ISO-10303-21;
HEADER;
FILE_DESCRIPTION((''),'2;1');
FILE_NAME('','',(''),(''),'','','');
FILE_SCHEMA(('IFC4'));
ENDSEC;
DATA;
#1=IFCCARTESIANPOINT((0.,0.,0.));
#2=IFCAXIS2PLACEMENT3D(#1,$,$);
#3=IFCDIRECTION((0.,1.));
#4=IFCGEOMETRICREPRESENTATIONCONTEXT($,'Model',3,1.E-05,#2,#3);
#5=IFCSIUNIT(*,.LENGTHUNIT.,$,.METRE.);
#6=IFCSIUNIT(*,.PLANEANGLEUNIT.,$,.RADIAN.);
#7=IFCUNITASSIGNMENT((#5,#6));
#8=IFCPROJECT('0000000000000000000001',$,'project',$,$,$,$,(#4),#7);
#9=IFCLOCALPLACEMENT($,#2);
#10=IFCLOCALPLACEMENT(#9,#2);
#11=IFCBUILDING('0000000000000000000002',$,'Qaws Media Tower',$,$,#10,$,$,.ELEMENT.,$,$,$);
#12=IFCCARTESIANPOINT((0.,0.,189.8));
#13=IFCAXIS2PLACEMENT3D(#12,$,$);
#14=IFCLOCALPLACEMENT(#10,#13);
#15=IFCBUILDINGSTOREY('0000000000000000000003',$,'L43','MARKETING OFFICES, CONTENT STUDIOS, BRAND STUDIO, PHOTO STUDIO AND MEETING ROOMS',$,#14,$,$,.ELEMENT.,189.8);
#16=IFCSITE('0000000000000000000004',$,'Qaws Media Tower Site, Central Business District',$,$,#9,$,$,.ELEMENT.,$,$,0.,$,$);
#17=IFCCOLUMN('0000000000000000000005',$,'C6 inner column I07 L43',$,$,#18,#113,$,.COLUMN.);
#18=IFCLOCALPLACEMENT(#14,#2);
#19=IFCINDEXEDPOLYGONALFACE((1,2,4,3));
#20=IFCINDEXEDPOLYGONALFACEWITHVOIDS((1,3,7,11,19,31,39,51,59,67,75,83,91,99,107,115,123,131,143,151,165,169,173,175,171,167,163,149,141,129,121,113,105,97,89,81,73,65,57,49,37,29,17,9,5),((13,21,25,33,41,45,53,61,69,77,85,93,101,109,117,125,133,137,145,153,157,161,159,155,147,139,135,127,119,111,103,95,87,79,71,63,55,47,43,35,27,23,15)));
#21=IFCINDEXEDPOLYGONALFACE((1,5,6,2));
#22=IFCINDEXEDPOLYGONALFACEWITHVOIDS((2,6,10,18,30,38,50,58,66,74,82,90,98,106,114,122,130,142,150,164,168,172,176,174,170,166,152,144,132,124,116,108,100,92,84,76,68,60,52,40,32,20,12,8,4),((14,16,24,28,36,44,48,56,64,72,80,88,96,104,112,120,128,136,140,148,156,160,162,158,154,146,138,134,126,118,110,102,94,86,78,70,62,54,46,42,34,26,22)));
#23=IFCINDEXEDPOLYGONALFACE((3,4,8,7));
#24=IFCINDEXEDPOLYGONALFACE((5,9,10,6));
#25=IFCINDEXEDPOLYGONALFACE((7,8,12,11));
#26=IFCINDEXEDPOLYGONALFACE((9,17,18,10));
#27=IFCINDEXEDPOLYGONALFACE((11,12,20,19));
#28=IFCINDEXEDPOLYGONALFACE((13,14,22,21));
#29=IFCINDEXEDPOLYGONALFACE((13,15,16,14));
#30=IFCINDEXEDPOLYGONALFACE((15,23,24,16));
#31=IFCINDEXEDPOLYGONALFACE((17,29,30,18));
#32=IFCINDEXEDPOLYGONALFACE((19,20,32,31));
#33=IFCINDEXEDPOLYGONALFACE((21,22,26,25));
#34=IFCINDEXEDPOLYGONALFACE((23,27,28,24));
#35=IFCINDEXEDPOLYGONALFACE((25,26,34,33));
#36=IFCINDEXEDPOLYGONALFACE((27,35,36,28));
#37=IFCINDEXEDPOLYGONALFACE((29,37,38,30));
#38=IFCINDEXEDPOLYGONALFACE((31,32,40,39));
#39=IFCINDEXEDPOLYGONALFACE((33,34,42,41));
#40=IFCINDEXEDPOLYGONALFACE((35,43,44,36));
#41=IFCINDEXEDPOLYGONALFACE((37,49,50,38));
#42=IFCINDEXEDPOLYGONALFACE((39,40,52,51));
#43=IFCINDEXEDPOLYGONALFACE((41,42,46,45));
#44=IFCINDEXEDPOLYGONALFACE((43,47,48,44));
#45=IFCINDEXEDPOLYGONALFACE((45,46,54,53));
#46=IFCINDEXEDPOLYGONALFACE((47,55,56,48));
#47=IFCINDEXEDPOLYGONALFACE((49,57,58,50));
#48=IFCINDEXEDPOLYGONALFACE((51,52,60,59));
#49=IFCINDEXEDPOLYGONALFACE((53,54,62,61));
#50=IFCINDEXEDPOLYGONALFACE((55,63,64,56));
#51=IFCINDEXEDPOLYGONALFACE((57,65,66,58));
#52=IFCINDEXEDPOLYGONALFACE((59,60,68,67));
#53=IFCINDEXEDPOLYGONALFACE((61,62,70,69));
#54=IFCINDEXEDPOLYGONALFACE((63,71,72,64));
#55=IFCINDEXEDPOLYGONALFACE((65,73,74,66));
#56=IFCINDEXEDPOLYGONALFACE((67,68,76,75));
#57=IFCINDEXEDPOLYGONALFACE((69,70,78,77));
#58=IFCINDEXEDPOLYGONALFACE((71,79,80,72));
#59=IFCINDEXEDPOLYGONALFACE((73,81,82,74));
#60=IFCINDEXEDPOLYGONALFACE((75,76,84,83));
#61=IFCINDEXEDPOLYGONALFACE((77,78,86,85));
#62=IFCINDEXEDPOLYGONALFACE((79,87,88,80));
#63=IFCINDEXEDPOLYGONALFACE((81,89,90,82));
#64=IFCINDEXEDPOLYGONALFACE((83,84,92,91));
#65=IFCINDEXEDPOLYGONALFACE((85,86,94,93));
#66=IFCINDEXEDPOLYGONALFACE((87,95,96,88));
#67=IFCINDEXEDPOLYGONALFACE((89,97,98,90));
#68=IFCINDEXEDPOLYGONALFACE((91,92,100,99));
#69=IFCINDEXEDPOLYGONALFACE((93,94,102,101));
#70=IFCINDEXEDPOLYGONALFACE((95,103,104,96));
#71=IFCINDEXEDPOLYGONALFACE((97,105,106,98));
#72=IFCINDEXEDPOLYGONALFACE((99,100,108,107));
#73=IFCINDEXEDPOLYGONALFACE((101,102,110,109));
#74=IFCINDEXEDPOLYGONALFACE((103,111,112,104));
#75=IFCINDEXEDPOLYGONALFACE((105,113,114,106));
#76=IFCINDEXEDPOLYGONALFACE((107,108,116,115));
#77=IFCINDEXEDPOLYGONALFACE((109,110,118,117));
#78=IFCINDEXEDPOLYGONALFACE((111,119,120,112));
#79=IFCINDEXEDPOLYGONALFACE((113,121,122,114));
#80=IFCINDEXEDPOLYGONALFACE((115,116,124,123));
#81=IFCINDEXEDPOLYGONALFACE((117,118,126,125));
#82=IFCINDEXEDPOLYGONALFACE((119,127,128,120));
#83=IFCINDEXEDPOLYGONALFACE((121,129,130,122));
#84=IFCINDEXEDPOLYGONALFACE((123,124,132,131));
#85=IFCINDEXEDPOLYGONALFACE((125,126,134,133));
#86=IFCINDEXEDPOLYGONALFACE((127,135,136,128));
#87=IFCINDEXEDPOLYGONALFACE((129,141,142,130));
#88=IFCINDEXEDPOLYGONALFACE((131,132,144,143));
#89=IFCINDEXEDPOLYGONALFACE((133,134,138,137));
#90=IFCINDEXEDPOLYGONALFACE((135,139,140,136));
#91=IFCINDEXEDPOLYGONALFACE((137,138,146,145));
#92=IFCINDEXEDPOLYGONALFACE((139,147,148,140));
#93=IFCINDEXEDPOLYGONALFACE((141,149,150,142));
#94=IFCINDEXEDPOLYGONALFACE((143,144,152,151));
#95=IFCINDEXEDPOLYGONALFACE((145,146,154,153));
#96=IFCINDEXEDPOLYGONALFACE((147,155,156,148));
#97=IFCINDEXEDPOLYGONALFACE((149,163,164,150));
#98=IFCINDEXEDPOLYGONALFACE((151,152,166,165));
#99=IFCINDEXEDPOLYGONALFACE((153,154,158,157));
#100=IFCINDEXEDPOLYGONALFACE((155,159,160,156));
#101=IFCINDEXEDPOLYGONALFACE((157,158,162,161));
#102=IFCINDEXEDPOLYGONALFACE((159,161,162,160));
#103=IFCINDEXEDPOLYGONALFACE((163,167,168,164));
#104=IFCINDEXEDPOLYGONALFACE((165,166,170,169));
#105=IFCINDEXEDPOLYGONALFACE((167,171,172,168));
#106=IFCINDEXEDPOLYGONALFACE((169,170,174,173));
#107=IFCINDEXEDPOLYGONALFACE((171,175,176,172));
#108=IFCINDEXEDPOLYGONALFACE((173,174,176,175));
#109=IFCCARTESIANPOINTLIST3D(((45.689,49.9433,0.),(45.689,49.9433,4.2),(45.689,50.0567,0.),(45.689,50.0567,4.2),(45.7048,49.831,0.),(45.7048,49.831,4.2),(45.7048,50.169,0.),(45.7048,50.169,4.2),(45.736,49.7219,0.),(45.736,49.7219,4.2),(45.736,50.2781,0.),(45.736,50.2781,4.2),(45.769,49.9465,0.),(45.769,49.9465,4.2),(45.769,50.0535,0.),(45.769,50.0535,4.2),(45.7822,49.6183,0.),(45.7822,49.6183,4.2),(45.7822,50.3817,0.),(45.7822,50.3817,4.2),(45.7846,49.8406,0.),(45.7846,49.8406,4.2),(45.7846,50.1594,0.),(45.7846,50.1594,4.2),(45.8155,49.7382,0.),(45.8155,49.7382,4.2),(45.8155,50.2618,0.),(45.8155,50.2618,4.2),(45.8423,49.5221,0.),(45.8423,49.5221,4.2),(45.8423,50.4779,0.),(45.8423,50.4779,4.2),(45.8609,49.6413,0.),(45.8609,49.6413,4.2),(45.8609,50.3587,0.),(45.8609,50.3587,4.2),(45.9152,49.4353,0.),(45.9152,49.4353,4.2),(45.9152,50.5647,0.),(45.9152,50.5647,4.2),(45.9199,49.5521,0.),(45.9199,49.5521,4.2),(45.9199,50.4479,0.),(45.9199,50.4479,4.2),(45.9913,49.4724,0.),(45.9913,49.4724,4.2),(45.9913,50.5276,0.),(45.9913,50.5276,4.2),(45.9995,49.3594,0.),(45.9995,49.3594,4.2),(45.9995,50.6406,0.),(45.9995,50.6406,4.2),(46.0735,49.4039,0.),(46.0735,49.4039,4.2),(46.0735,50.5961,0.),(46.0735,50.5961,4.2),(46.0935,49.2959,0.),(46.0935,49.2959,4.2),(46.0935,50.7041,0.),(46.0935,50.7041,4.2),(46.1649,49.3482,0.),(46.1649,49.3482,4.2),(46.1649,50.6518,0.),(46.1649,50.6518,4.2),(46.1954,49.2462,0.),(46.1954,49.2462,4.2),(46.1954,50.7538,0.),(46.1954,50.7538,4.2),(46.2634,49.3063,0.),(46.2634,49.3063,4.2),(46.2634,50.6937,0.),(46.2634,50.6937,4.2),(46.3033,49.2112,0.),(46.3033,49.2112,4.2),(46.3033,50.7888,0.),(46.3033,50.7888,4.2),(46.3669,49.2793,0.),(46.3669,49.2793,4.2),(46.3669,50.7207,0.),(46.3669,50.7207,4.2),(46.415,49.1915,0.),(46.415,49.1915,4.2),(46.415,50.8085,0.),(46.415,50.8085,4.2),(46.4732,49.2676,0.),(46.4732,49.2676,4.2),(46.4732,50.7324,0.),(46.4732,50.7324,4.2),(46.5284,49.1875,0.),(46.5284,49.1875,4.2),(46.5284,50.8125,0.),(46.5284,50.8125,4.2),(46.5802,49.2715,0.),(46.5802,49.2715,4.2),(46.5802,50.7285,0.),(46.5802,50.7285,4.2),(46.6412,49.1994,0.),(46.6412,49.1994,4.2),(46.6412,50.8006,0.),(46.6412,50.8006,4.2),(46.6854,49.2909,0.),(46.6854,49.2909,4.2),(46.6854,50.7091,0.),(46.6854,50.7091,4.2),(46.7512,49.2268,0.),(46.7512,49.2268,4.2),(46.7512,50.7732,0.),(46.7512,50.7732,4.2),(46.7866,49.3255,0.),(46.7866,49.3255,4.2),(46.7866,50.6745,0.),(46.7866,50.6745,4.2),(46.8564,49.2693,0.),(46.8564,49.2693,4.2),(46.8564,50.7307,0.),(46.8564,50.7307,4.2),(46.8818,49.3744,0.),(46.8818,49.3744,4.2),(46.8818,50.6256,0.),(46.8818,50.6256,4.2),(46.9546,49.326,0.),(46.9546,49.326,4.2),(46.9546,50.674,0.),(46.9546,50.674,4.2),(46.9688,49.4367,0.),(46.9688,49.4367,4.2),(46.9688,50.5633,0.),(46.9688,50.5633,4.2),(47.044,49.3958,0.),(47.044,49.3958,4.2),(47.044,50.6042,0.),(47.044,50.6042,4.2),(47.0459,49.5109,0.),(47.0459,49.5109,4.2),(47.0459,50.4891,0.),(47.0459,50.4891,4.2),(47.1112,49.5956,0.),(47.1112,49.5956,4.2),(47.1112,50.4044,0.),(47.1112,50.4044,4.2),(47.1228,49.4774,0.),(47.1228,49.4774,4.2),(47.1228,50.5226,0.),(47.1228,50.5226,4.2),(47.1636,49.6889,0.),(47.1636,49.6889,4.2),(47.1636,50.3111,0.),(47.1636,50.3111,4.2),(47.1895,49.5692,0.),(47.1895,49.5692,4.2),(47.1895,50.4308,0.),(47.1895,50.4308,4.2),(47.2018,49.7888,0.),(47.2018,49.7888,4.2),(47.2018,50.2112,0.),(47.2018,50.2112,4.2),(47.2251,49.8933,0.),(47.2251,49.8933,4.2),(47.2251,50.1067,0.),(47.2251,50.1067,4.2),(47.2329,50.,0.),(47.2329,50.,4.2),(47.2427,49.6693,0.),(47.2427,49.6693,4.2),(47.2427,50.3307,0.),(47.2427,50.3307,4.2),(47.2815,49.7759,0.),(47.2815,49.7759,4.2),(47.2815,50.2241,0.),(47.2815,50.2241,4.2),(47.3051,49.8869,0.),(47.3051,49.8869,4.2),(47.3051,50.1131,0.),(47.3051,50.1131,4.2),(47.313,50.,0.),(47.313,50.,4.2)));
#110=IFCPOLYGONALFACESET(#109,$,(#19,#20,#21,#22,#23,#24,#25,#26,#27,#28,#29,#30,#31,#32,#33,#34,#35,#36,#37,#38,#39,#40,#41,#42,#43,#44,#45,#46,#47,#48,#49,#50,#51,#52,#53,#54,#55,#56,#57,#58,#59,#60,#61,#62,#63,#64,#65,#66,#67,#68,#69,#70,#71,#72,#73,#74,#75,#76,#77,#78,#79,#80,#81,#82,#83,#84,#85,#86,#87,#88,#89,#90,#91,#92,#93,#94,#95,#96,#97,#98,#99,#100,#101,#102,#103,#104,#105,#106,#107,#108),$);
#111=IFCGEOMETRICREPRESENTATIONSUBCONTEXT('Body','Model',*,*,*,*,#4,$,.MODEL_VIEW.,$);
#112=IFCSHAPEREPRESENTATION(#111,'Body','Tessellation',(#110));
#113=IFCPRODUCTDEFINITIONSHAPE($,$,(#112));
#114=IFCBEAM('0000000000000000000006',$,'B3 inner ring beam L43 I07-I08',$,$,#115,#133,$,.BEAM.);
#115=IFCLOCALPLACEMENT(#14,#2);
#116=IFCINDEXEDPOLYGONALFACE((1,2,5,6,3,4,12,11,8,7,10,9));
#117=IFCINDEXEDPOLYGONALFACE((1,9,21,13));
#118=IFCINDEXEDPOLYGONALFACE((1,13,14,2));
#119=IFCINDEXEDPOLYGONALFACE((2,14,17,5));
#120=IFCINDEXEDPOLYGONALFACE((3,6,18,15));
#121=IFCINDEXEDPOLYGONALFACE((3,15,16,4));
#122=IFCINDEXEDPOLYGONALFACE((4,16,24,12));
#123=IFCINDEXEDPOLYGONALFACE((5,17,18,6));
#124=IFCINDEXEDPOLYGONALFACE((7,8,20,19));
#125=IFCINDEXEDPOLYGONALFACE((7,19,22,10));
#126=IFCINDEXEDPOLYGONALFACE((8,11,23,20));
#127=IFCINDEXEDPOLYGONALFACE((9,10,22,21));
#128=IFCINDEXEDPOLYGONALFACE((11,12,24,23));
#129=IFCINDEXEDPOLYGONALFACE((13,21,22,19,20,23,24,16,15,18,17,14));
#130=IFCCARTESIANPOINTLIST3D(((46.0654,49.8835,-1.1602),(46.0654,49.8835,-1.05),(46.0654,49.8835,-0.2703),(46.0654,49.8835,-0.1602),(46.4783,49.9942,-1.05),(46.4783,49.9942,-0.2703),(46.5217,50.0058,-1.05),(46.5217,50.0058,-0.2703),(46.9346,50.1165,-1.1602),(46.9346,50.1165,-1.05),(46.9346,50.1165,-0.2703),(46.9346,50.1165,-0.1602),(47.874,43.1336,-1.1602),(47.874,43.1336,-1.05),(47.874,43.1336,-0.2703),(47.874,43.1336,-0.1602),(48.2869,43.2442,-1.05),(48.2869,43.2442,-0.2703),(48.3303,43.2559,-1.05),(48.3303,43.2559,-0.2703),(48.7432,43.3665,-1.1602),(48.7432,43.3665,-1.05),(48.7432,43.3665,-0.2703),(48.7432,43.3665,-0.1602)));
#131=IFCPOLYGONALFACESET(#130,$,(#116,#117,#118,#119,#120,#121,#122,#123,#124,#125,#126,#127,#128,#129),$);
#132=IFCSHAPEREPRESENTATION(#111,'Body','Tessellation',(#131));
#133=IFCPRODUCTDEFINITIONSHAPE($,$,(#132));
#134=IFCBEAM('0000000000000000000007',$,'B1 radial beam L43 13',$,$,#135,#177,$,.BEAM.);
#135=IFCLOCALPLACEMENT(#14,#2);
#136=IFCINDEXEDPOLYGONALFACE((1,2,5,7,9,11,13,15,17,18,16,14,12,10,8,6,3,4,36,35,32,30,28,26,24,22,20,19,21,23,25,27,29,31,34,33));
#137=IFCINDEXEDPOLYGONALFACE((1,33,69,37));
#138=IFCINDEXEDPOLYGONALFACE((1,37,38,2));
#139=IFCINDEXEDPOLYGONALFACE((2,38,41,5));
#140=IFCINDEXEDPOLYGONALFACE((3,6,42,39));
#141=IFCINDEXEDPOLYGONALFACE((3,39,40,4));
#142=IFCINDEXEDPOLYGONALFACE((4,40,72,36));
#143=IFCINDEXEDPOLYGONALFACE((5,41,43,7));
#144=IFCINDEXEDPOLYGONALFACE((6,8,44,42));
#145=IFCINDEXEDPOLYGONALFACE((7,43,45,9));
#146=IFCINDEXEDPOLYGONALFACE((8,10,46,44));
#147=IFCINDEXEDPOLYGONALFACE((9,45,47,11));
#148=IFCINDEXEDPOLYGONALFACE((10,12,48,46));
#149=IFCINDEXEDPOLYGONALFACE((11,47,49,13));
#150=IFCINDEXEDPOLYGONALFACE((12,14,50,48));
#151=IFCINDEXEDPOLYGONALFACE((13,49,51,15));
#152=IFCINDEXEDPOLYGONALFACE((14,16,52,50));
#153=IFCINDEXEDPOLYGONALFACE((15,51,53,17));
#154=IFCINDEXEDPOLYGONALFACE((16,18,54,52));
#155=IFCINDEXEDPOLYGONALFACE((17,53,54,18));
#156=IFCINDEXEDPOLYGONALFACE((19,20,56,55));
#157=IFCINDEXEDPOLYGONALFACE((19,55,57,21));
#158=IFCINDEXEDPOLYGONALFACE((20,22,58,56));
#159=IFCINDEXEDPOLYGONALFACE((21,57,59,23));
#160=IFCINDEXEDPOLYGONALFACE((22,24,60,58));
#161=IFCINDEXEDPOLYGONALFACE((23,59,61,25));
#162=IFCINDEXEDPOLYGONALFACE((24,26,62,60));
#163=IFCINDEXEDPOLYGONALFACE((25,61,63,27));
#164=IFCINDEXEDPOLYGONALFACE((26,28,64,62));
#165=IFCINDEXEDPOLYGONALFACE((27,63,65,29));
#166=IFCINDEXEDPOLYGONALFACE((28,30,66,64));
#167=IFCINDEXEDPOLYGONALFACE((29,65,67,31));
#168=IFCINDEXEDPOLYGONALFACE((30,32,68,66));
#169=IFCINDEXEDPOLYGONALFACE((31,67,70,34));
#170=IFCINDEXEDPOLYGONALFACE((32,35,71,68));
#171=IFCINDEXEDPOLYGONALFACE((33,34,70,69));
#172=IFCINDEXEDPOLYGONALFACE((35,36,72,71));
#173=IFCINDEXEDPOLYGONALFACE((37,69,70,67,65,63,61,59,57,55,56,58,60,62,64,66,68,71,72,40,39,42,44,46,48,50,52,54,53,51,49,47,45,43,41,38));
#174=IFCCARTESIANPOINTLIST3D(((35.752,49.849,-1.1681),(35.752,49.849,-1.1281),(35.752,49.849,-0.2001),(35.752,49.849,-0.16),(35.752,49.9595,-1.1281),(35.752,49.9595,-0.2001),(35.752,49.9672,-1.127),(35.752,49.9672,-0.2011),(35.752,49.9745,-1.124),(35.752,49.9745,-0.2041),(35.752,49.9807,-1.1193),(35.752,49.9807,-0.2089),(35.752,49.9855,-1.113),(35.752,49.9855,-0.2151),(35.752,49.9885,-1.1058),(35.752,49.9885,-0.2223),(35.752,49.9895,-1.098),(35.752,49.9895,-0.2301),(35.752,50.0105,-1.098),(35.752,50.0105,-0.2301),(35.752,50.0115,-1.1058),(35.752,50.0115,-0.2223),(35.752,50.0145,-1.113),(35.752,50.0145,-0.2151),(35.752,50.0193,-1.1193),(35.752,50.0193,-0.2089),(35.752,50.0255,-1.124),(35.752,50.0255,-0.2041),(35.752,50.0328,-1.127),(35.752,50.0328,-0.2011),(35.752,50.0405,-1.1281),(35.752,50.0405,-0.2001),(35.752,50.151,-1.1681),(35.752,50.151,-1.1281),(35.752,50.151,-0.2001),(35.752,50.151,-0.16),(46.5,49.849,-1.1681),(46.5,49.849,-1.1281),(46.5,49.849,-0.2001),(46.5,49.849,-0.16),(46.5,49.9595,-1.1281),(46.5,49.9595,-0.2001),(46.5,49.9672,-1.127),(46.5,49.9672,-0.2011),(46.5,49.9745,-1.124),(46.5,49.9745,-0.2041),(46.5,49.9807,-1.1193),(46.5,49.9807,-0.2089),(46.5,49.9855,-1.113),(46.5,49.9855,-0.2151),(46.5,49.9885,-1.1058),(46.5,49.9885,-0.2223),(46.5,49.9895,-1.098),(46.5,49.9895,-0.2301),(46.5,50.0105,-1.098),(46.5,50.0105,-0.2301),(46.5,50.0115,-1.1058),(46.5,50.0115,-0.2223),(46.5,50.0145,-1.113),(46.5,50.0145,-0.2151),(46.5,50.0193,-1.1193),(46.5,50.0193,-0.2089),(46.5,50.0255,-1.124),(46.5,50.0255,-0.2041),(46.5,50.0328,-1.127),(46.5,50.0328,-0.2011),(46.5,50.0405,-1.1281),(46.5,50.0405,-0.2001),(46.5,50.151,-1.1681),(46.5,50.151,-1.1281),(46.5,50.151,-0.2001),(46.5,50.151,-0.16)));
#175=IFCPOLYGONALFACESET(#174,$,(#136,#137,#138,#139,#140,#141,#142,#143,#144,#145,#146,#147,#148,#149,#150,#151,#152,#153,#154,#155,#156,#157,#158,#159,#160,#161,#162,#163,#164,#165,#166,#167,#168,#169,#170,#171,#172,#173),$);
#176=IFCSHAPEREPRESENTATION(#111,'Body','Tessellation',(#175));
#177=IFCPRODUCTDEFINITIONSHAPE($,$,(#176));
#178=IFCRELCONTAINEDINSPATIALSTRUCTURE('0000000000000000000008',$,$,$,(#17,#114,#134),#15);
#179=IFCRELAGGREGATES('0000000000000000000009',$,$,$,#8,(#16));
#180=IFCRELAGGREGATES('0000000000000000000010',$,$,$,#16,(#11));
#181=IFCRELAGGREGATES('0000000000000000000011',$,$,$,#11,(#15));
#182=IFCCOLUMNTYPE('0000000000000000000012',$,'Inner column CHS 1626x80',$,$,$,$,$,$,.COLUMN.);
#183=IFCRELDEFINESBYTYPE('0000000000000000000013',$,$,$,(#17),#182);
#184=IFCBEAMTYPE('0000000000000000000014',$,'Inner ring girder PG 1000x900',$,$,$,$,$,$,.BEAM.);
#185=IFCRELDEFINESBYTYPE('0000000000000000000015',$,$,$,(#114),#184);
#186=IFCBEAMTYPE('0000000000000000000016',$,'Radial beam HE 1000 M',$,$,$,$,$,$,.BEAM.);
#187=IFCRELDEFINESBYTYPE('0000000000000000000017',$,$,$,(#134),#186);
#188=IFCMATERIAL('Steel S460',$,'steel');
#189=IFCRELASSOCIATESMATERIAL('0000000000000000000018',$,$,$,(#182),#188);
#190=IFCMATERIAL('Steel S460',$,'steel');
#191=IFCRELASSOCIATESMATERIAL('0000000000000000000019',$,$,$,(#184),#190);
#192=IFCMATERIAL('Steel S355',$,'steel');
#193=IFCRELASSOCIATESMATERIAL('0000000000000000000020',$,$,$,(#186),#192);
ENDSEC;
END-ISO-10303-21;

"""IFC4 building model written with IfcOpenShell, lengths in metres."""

from ifc_helpers import new_model, si_unit, direction, frame, origin, origin_2d, place, context, subcontext, project, spatial, hollow_circle, i_section, extrude, material, material_profile, profile_set, type_object, element, save


model = new_model("IFC4")

# Units and contexts
model_context = context("Model", 3, precision=1e-05, world=origin(), true_north=direction((0.0, 1.0)))
body_context = subcontext(model_context, "Body", "Model", "MODEL_VIEW")
ifc_project = project(units=[si_unit("LENGTHUNIT", "METRE"), si_unit("PLANEANGLEUNIT", "RADIAN")], contexts=[model_context])

# Site, building, storey
site_placement = place(None, origin())
site = spatial("IfcSite", under=ifc_project, at=site_placement, Name="Qaws Media Tower Site, Central Business District", CompositionType="ELEMENT", RefElevation=0.0)
building_placement = place(site_placement, origin())
building = spatial("IfcBuilding", under=site, at=building_placement, Name="Qaws Media Tower", CompositionType="ELEMENT")
storey_placement = place(building_placement, frame((0.0, 0.0, 189.8)))
storey = spatial("IfcBuildingStorey", under=building, at=storey_placement, Name="L43", Description="MARKETING OFFICES, CONTENT STUDIOS, BRAND STUDIO, PHOTO STUDIO AND MEETING ROOMS", CompositionType="ELEMENT", Elevation=189.8)

# Column
ifc_material_1 = material(Name="Steel S460", Category="steel")
ifc_material_profile_1 = material_profile(ifc_material_1, hollow_circle(Radius=0.813, WallThickness=0.0801, at=origin_2d()), Name="CHS 1626x80")
ifc_profile_set_1 = profile_set([ifc_material_profile_1], Name="Steel S460")
column_type = type_object("IfcColumnType", Name="Inner column CHS 1626x80", PredefinedType="COLUMN", material=ifc_profile_set_1)
column_placement = place(storey_placement, frame((46.5, 50.0, 0.0), z_axis=(0.0, 0.0, 1.0), x_axis=(1.0, 0.0, 0.0)))
element("IfcColumn", 1, at=column_placement, inside=storey, type_object=column_type, Name="C6 inner column I07 L43", PredefinedType="COLUMN", context=body_context, shape_type="SweptSolid", body=[
    extrude(hollow_circle(Radius=0.813, WallThickness=0.0801, at=origin_2d()), origin(), (0.0, 0.0, 1.0), 4.2),
])

# Beams
ifc_material_2 = material(Name="Steel S460", Category="steel")
ifc_material_profile_2 = material_profile(ifc_material_2, i_section(OverallWidth=0.8999, OverallDepth=1.0, WebThickness=0.0449, FlangeThickness=0.1101, at=origin_2d()), Name="PG 1000x900")
ifc_profile_set_2 = profile_set([ifc_material_profile_2], Name="Steel S460")
beam_type_1 = type_object("IfcBeamType", Name="Inner ring girder PG 1000x900", PredefinedType="BEAM", material=ifc_profile_set_2)
beam_1_placement = place(storey_placement, frame((46.5, 50.0, -0.6602), z_axis=(0.258811, -0.965928, 0.0), x_axis=(0.965928, 0.258811, 0.0)))
element("IfcBeam", 2, at=beam_1_placement, inside=storey, type_object=beam_type_1, Name="B3 inner ring beam L43 I07-I08", PredefinedType="BEAM", context=body_context, shape_type="SweptSolid", body=[
    extrude(i_section(OverallWidth=0.8999, OverallDepth=1.0, WebThickness=0.0449, FlangeThickness=0.1101, at=origin_2d()), origin(), (0.0, 0.0, 1.0), 6.988),
])
ifc_material_3 = material(Name="Steel S355", Category="steel")
ifc_material_profile_3 = material_profile(ifc_material_3, i_section(OverallWidth=0.302, OverallDepth=1.0081, WebThickness=0.021, FlangeThickness=0.04, FilletRadius=0.03, at=origin_2d()), Name="HE 1000 M")
ifc_profile_set_3 = profile_set([ifc_material_profile_3], Name="Steel S355")
beam_type_2 = type_object("IfcBeamType", Name="Radial beam HE 1000 M", PredefinedType="BEAM", material=ifc_profile_set_3)
beam_2_placement = place(storey_placement, frame((46.5, 50.0, -0.6641), z_axis=(-1.0, 0.0, 0.0), x_axis=(0.0, -1.0, 0.0)))
element("IfcBeam", 3, at=beam_2_placement, inside=storey, type_object=beam_type_2, Name="B1 radial beam L43 13", PredefinedType="BEAM", context=body_context, shape_type="SweptSolid", body=[
    extrude(i_section(OverallWidth=0.302, OverallDepth=1.0081, WebThickness=0.021, FlangeThickness=0.04, FilletRadius=0.03, at=origin_2d()), origin(), (0.0, 0.0, 1.0), 10.748),
])

save(model, "model.ifc")
